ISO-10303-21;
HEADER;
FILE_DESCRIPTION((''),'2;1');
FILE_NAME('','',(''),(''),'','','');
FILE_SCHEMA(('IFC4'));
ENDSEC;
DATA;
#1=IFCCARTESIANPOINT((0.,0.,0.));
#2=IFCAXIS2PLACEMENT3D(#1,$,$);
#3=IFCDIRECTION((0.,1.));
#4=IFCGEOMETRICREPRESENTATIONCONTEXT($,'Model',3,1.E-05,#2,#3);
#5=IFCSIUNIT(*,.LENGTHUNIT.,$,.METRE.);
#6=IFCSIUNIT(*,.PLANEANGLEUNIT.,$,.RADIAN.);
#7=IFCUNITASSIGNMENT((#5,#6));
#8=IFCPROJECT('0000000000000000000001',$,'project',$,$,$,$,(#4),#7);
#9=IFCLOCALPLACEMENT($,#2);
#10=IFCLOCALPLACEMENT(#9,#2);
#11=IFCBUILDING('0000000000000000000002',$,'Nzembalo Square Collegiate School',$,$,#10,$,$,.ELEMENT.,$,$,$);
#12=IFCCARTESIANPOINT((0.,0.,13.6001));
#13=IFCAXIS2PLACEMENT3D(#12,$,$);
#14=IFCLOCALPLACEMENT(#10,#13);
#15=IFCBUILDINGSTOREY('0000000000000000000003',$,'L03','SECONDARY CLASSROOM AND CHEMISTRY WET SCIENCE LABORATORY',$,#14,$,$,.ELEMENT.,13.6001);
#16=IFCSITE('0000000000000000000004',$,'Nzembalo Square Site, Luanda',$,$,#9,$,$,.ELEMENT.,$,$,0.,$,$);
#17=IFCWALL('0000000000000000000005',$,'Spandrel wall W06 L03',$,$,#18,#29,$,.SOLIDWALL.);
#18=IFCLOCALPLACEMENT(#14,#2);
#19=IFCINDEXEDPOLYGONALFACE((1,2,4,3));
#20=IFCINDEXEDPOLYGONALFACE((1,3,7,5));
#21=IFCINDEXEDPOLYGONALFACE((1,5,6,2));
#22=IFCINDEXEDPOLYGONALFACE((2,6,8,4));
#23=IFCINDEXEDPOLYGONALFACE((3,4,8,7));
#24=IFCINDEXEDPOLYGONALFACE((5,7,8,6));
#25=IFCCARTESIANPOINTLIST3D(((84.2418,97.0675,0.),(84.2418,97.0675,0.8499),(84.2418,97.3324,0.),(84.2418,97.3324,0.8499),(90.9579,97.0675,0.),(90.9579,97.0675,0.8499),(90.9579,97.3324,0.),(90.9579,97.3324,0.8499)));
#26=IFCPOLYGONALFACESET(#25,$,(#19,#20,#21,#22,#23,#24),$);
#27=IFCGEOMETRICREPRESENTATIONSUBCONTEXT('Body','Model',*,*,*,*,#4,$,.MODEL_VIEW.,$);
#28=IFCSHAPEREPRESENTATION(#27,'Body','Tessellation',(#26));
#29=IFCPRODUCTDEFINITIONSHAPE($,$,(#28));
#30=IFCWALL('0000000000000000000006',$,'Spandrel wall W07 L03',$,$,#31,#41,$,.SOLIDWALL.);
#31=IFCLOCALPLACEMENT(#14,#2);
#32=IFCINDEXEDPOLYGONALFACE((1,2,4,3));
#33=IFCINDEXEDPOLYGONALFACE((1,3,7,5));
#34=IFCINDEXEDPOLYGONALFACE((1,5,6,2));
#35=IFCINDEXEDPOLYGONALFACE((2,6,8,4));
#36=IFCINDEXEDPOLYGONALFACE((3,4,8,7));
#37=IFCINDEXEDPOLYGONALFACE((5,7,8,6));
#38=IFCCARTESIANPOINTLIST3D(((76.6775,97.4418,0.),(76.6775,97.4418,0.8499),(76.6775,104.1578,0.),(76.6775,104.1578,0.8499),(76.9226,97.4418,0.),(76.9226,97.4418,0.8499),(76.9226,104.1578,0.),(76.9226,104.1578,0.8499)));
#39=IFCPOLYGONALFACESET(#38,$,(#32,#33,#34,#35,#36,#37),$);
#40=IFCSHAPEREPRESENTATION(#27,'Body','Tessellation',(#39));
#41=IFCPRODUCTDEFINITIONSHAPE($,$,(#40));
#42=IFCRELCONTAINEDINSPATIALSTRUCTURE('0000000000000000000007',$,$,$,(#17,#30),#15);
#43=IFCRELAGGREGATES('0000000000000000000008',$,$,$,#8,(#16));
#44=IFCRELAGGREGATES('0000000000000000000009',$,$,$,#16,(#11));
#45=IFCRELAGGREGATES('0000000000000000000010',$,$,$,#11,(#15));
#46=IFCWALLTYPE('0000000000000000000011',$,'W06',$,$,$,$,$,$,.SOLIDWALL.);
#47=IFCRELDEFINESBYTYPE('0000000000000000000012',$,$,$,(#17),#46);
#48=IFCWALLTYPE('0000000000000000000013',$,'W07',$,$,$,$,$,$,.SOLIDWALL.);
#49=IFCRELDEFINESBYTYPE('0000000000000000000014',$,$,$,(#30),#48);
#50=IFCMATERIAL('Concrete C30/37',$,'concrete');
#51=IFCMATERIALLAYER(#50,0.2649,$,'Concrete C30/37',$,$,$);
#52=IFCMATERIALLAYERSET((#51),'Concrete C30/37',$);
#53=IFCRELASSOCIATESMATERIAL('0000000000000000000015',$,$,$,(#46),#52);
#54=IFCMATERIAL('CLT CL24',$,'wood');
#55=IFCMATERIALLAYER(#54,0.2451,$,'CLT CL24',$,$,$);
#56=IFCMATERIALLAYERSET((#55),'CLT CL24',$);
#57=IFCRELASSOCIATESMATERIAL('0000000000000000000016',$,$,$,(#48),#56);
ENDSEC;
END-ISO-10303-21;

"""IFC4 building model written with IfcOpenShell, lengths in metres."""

from ifc_helpers import new_model, si_unit, direction, frame, frame_2d, origin, place, context, subcontext, project, spatial, rectangle, extrude, material, layer, layer_set, type_object, element, save


model = new_model("IFC4")

# Units and contexts
model_context = context("Model", 3, precision=1e-05, world=origin(), true_north=direction((0.0, 1.0)))
body_context = subcontext(model_context, "Body", "Model", "MODEL_VIEW")
ifc_project = project(units=[si_unit("LENGTHUNIT", "METRE"), si_unit("PLANEANGLEUNIT", "RADIAN")], contexts=[model_context])

# Site, building, storey
site_placement = place(None, origin())
site = spatial("IfcSite", under=ifc_project, at=site_placement, Name="Nzembalo Square Site, Luanda", CompositionType="ELEMENT", RefElevation=0.0)
building_placement = place(site_placement, origin())
building = spatial("IfcBuilding", under=site, at=building_placement, Name="Nzembalo Square Collegiate School", CompositionType="ELEMENT")
storey_placement = place(building_placement, frame((0.0, 0.0, 13.6001)))
storey = spatial("IfcBuildingStorey", under=building, at=storey_placement, Name="L03", Description="SECONDARY CLASSROOM AND CHEMISTRY WET SCIENCE LABORATORY", CompositionType="ELEMENT", Elevation=13.6001)

# Walls
ifc_material_1 = material(Name="Concrete C30/37", Category="concrete")
ifc_layer_1 = layer(ifc_material_1, 0.2649, Name="Concrete C30/37")
ifc_layer_set_1 = layer_set([ifc_layer_1], Name="Concrete C30/37")
wall_type_1 = type_object("IfcWallType", Name="W06", PredefinedType="SOLIDWALL", material=ifc_layer_set_1)
wall_1_placement = place(storey_placement, frame((84.2419, 97.2, 0.0), z_axis=(0.0, 0.0, 1.0), x_axis=(1.0, 0.0, 0.0)))
element("IfcWall", 1, at=wall_1_placement, inside=storey, type_object=wall_type_1, Name="Spandrel wall W06 L03", PredefinedType="SOLIDWALL", context=body_context, shape_type="SweptSolid", body=[
    extrude(rectangle(XDim=6.7161, YDim=0.2649, at=frame_2d((3.3579, 0.0))), origin(), (0.0, 0.0, 1.0), 0.8499),
])
ifc_material_2 = material(Name="CLT CL24", Category="wood")
ifc_layer_2 = layer(ifc_material_2, 0.2451, Name="CLT CL24")
ifc_layer_set_2 = layer_set([ifc_layer_2], Name="CLT CL24")
wall_type_2 = type_object("IfcWallType", Name="W07", PredefinedType="SOLIDWALL", material=ifc_layer_set_2)
wall_2_placement = place(storey_placement, frame((76.8, 97.4419, 0.0), z_axis=(0.0, 0.0, 1.0), x_axis=(0.0, 1.0, 0.0)))
element("IfcWall", 2, at=wall_2_placement, inside=storey, type_object=wall_type_2, Name="Spandrel wall W07 L03", PredefinedType="SOLIDWALL", context=body_context, shape_type="SweptSolid", body=[
    extrude(rectangle(XDim=6.7161, YDim=0.2451, at=frame_2d((3.3579, 0.0))), origin(), (0.0, 0.0, 1.0), 0.8499),
])

save(model, "model.ifc")
